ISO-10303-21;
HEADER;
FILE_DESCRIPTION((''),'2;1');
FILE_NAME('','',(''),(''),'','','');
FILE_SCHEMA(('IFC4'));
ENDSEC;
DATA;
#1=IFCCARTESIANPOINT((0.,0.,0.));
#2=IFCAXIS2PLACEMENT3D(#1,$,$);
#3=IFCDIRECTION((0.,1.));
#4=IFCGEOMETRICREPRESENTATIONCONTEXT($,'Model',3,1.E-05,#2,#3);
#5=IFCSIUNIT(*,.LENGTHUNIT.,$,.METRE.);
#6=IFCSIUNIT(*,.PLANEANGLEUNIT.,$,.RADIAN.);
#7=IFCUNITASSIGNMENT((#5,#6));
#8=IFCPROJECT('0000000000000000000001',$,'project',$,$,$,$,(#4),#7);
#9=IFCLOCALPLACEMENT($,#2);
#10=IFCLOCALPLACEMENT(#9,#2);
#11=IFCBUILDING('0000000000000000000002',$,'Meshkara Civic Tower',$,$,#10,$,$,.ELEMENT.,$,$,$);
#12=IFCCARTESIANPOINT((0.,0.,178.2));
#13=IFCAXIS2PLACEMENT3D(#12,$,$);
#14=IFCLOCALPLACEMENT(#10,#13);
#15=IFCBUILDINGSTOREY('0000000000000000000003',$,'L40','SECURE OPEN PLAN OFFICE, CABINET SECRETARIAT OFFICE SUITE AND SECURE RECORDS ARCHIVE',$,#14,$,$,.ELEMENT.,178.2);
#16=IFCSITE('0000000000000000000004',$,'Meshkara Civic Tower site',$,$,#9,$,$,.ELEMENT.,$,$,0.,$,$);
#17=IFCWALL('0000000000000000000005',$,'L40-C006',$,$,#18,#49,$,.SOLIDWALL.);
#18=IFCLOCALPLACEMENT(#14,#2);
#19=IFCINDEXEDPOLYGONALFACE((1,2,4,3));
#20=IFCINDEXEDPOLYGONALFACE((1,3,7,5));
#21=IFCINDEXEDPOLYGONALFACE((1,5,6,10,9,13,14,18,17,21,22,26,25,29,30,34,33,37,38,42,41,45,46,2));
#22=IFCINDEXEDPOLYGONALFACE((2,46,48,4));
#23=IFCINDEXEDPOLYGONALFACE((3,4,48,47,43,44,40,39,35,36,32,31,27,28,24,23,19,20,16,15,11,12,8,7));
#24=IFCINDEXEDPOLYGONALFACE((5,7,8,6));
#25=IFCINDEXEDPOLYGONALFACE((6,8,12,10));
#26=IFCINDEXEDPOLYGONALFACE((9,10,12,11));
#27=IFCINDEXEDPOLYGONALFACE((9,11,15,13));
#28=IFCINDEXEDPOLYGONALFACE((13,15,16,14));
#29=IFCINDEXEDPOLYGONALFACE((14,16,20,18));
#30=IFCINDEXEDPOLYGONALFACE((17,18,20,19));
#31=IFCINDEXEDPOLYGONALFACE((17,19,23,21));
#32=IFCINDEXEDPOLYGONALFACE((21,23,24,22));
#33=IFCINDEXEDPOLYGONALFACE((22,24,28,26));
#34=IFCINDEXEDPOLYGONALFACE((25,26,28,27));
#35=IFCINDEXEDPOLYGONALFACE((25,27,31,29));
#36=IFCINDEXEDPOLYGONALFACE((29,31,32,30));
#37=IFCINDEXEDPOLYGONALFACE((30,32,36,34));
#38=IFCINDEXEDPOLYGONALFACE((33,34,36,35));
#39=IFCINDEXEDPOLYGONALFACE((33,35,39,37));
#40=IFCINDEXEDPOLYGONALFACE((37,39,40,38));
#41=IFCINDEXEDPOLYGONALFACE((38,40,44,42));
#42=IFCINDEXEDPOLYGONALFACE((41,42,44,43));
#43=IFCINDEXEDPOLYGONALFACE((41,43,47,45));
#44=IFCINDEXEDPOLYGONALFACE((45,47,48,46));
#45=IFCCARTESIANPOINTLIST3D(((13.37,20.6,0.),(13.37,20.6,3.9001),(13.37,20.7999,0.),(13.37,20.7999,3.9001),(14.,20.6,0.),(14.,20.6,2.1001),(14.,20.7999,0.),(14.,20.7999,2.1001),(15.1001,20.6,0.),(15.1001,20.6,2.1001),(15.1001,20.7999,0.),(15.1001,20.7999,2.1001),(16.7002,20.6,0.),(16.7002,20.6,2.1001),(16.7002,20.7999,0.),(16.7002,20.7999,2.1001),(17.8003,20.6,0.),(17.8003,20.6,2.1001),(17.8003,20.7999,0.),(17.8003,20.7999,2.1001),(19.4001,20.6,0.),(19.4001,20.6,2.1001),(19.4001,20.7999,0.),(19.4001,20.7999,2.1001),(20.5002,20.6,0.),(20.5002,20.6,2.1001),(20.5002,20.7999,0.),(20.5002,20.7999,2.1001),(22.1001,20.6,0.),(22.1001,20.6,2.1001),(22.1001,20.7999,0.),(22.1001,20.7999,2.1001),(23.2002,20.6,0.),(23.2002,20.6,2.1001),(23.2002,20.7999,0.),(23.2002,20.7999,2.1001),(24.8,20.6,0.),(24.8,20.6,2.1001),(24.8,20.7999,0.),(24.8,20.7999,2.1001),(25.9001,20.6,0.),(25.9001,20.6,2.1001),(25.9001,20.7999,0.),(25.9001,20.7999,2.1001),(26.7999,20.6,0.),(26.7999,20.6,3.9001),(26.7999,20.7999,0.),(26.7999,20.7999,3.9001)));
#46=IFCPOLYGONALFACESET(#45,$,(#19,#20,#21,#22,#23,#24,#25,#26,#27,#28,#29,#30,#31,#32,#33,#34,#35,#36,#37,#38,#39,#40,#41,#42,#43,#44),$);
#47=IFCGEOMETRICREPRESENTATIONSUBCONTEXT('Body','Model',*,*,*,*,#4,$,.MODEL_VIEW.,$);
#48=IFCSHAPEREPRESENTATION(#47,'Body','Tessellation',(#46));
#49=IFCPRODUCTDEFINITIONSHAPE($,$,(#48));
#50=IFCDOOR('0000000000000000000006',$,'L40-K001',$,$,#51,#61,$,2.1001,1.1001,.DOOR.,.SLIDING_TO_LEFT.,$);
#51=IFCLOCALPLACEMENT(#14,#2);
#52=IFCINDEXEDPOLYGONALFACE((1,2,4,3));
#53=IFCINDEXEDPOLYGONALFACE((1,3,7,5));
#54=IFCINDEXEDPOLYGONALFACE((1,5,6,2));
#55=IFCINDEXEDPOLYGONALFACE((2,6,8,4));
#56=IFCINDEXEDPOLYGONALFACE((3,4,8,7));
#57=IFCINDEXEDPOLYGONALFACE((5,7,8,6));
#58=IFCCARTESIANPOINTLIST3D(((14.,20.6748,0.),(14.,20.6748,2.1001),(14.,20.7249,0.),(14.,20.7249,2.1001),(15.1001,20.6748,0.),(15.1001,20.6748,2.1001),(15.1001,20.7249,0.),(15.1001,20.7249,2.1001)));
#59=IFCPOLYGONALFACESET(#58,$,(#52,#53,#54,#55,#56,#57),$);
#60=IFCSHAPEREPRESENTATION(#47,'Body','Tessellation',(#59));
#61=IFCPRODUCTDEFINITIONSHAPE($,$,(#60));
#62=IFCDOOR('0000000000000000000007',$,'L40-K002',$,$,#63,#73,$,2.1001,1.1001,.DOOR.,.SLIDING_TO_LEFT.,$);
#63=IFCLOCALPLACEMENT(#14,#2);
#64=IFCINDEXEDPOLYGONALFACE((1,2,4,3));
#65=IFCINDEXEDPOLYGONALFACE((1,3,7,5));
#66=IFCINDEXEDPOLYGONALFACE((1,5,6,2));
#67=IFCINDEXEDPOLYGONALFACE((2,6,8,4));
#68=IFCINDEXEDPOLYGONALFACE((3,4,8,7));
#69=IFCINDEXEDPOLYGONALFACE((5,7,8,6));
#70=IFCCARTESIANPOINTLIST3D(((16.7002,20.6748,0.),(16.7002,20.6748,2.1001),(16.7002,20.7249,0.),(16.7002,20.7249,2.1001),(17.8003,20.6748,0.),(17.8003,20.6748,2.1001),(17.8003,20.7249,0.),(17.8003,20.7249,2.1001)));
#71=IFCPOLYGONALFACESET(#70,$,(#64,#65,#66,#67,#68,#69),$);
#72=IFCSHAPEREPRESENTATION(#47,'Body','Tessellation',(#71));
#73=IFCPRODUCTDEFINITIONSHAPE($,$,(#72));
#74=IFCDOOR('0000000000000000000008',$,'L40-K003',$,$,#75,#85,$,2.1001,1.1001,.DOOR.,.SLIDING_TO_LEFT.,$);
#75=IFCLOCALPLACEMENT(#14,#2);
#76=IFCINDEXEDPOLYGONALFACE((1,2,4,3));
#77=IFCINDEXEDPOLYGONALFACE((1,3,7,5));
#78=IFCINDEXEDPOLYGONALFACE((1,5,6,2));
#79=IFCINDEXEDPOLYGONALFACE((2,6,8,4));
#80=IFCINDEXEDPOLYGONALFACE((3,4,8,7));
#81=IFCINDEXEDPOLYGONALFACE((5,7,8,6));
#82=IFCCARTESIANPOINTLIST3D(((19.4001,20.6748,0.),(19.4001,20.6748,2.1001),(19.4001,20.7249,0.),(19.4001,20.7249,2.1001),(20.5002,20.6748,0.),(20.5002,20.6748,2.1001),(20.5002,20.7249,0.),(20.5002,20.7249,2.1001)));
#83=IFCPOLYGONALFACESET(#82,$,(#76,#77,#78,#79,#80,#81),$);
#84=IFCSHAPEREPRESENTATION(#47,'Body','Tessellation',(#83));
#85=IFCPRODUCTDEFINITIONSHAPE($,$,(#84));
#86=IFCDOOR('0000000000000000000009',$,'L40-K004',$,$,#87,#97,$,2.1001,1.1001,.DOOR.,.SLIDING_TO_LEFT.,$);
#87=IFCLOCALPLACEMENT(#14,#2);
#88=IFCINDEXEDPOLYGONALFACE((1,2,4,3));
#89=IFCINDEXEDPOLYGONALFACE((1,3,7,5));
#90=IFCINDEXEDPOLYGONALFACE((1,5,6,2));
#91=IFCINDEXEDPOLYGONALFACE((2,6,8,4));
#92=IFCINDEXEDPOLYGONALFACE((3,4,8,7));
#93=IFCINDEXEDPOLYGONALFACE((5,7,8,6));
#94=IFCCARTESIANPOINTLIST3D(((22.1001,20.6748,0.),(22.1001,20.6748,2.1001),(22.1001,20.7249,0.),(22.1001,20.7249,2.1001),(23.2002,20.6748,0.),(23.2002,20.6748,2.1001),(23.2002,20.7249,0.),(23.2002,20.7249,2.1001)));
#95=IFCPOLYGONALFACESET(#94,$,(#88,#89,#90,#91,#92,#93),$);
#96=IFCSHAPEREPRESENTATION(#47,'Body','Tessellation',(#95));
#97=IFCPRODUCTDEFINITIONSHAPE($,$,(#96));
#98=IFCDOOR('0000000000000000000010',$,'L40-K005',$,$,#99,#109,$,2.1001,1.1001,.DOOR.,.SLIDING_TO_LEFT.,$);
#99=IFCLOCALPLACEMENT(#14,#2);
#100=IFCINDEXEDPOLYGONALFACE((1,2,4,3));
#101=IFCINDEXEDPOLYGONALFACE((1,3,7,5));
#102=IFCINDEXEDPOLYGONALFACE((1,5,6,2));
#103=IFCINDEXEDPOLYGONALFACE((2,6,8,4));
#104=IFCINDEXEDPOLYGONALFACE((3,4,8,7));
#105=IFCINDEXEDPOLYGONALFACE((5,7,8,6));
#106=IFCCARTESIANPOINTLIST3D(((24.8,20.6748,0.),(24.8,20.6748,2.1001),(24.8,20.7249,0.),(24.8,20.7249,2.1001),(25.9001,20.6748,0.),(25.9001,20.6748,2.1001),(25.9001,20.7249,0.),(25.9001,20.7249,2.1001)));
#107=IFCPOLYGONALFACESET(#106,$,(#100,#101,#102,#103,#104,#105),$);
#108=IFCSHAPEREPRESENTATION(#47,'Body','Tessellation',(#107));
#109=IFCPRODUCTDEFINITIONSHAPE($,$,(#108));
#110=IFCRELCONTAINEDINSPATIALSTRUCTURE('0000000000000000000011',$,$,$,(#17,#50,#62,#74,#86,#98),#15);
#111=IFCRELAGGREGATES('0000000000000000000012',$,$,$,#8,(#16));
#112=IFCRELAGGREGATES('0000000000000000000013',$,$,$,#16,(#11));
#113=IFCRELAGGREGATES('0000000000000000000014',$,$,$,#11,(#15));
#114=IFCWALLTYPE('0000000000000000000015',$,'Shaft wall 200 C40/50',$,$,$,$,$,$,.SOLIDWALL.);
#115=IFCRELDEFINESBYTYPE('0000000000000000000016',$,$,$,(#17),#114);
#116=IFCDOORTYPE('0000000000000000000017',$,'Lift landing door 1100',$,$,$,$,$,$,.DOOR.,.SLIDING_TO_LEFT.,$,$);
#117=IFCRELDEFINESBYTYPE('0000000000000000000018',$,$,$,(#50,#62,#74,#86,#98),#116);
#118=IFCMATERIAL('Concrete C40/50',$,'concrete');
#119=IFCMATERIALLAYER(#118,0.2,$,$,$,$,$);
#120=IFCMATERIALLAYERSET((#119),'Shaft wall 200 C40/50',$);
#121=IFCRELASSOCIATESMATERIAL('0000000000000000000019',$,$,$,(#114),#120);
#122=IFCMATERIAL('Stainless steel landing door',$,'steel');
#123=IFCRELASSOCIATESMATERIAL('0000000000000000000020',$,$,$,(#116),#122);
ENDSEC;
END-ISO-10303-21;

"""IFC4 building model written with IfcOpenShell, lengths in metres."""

from ifc_helpers import new_model, si_unit, direction, frame, frame_2d, origin, place, context, subcontext, project, spatial, rectangle, extrude, material, layer, layer_set, type_object, element, fill, save


model = new_model("IFC4")

# Units and contexts
model_context = context("Model", 3, precision=1e-05, world=origin(), true_north=direction((0.0, 1.0)))
body_context = subcontext(model_context, "Body", "Model", "MODEL_VIEW")
ifc_project = project(units=[si_unit("LENGTHUNIT", "METRE"), si_unit("PLANEANGLEUNIT", "RADIAN")], contexts=[model_context])

# Site, building, storey
site_placement = place(None, origin())
site = spatial("IfcSite", under=ifc_project, at=site_placement, Name="Meshkara Civic Tower site", CompositionType="ELEMENT", RefElevation=0.0)
building_placement = place(site_placement, origin())
building = spatial("IfcBuilding", under=site, at=building_placement, Name="Meshkara Civic Tower", CompositionType="ELEMENT")
storey_placement = place(building_placement, frame((0.0, 0.0, 178.2)))
storey = spatial("IfcBuildingStorey", under=building, at=storey_placement, Name="L40", Description="SECURE OPEN PLAN OFFICE, CABINET SECRETARIAT OFFICE SUITE AND SECURE RECORDS ARCHIVE", CompositionType="ELEMENT", Elevation=178.2)

# Wall, openings, doors
ifc_material_1 = material(Name="Concrete C40/50", Category="concrete")
ifc_layer_1 = layer(ifc_material_1, 0.2)
ifc_layer_set_1 = layer_set([ifc_layer_1], Name="Shaft wall 200 C40/50")
wall_type_1 = type_object("IfcWallType", Name="Shaft wall 200 C40/50", PredefinedType="SOLIDWALL", material=ifc_layer_set_1)
wall_1_placement = place(storey_placement, frame((13.3701, 20.7, 0.0), z_axis=(0.0, 0.0, 1.0), x_axis=(1.0, 0.0, 0.0)))
wall_1 = element("IfcWall", 1, at=wall_1_placement, inside=storey, type_object=wall_type_1, Name="L40-C006", PredefinedType="SOLIDWALL", context=body_context, shape_type="SweptSolid", body=[
    extrude(rectangle(XDim=13.4299, YDim=0.2, at=frame_2d((6.7148, 0.0))), origin(), (0.0, 0.0, 1.0), 3.9001),
])
opening_1_placement = place(wall_1_placement, frame((0.6299, 0.0, 0.0)))
opening_1 = element("IfcOpeningElement", 2, at=opening_1_placement, cuts=wall_1, PredefinedType="OPENING", context=body_context, shape_type="SweptSolid", body=[
    extrude(rectangle(XDim=1.1001, YDim=2.1001, at=frame_2d((0.55, 1.05))), frame((0.0, 0.1099, 0.0), z_axis=(0.0, -1.0, 0.0), x_axis=(1.0, 0.0, 0.0)), (0.0, 0.0, 1.0), 0.22),
])
opening_2_placement = place(wall_1_placement, frame((3.3301, 0.0, 0.0)))
opening_2 = element("IfcOpeningElement", 3, at=opening_2_placement, cuts=wall_1, PredefinedType="OPENING", context=body_context, shape_type="SweptSolid", body=[
    extrude(rectangle(XDim=1.1001, YDim=2.1001, at=frame_2d((0.55, 1.05))), frame((0.0, 0.1099, 0.0), z_axis=(0.0, -1.0, 0.0), x_axis=(1.0, 0.0, 0.0)), (0.0, 0.0, 1.0), 0.22),
])
opening_3_placement = place(wall_1_placement, frame((6.03, 0.0, 0.0)))
opening_3 = element("IfcOpeningElement", 4, at=opening_3_placement, cuts=wall_1, PredefinedType="OPENING", context=body_context, shape_type="SweptSolid", body=[
    extrude(rectangle(XDim=1.1001, YDim=2.1001, at=frame_2d((0.55, 1.05))), frame((0.0, 0.1099, 0.0), z_axis=(0.0, -1.0, 0.0), x_axis=(1.0, 0.0, 0.0)), (0.0, 0.0, 1.0), 0.22),
])
opening_4_placement = place(wall_1_placement, frame((8.73, 0.0, 0.0)))
opening_4 = element("IfcOpeningElement", 5, at=opening_4_placement, cuts=wall_1, PredefinedType="OPENING", context=body_context, shape_type="SweptSolid", body=[
    extrude(rectangle(XDim=1.1001, YDim=2.1001, at=frame_2d((0.55, 1.05))), frame((0.0, 0.1099, 0.0), z_axis=(0.0, -1.0, 0.0), x_axis=(1.0, 0.0, 0.0)), (0.0, 0.0, 1.0), 0.22),
])
opening_5_placement = place(wall_1_placement, frame((11.4299, 0.0, 0.0)))
opening_5 = element("IfcOpeningElement", 6, at=opening_5_placement, cuts=wall_1, PredefinedType="OPENING", context=body_context, shape_type="SweptSolid", body=[
    extrude(rectangle(XDim=1.1001, YDim=2.1001, at=frame_2d((0.55, 1.05))), frame((0.0, 0.1099, 0.0), z_axis=(0.0, -1.0, 0.0), x_axis=(1.0, 0.0, 0.0)), (0.0, 0.0, 1.0), 0.22),
])
ifc_material_2 = material(Name="Stainless steel landing door", Category="steel")
door_type_1 = type_object("IfcDoorType", Name="Lift landing door 1100", OperationType="SLIDING_TO_LEFT", PredefinedType="DOOR", material=ifc_material_2)
door_1_placement = place(opening_1_placement, origin())
door_1 = element("IfcDoor", 7, at=door_1_placement, inside=storey, type_object=door_type_1, Name="L40-K001", OperationType="SLIDING_TO_LEFT", OverallHeight=2.1001, OverallWidth=1.1001, PredefinedType="DOOR", context=body_context, shape_type="SweptSolid", body=[
    extrude(rectangle(XDim=1.1001, YDim=2.1001, at=frame_2d((0.55, 1.05))), frame((0.0, 0.0249, 0.0), z_axis=(0.0, -1.0, 0.0), x_axis=(1.0, 0.0, 0.0)), (0.0, 0.0, 1.0), 0.05),
])
fill(opening_1, door_1)
door_2_placement = place(opening_2_placement, origin())
door_2 = element("IfcDoor", 8, at=door_2_placement, inside=storey, type_object=door_type_1, Name="L40-K002", OperationType="SLIDING_TO_LEFT", OverallHeight=2.1001, OverallWidth=1.1001, PredefinedType="DOOR", context=body_context, shape_type="SweptSolid", body=[
    extrude(rectangle(XDim=1.1001, YDim=2.1001, at=frame_2d((0.55, 1.05))), frame((0.0, 0.0249, 0.0), z_axis=(0.0, -1.0, 0.0), x_axis=(1.0, 0.0, 0.0)), (0.0, 0.0, 1.0), 0.05),
])
fill(opening_2, door_2)
door_3_placement = place(opening_3_placement, origin())
door_3 = element("IfcDoor", 9, at=door_3_placement, inside=storey, type_object=door_type_1, Name="L40-K003", OperationType="SLIDING_TO_LEFT", OverallHeight=2.1001, OverallWidth=1.1001, PredefinedType="DOOR", context=body_context, shape_type="SweptSolid", body=[
    extrude(rectangle(XDim=1.1001, YDim=2.1001, at=frame_2d((0.55, 1.05))), frame((0.0, 0.0249, 0.0), z_axis=(0.0, -1.0, 0.0), x_axis=(1.0, 0.0, 0.0)), (0.0, 0.0, 1.0), 0.05),
])
fill(opening_3, door_3)
door_4_placement = place(opening_4_placement, origin())
door_4 = element("IfcDoor", 10, at=door_4_placement, inside=storey, type_object=door_type_1, Name="L40-K004", OperationType="SLIDING_TO_LEFT", OverallHeight=2.1001, OverallWidth=1.1001, PredefinedType="DOOR", context=body_context, shape_type="SweptSolid", body=[
    extrude(rectangle(XDim=1.1001, YDim=2.1001, at=frame_2d((0.55, 1.05))), frame((0.0, 0.0249, 0.0), z_axis=(0.0, -1.0, 0.0), x_axis=(1.0, 0.0, 0.0)), (0.0, 0.0, 1.0), 0.05),
])
fill(opening_4, door_4)
door_5_placement = place(opening_5_placement, origin())
door_5 = element("IfcDoor", 11, at=door_5_placement, inside=storey, type_object=door_type_1, Name="L40-K005", OperationType="SLIDING_TO_LEFT", OverallHeight=2.1001, OverallWidth=1.1001, PredefinedType="DOOR", context=body_context, shape_type="SweptSolid", body=[
    extrude(rectangle(XDim=1.1001, YDim=2.1001, at=frame_2d((0.55, 1.05))), frame((0.0, 0.0249, 0.0), z_axis=(0.0, -1.0, 0.0), x_axis=(1.0, 0.0, 0.0)), (0.0, 0.0, 1.0), 0.05),
])
fill(opening_5, door_5)

save(model, "model.ifc")
